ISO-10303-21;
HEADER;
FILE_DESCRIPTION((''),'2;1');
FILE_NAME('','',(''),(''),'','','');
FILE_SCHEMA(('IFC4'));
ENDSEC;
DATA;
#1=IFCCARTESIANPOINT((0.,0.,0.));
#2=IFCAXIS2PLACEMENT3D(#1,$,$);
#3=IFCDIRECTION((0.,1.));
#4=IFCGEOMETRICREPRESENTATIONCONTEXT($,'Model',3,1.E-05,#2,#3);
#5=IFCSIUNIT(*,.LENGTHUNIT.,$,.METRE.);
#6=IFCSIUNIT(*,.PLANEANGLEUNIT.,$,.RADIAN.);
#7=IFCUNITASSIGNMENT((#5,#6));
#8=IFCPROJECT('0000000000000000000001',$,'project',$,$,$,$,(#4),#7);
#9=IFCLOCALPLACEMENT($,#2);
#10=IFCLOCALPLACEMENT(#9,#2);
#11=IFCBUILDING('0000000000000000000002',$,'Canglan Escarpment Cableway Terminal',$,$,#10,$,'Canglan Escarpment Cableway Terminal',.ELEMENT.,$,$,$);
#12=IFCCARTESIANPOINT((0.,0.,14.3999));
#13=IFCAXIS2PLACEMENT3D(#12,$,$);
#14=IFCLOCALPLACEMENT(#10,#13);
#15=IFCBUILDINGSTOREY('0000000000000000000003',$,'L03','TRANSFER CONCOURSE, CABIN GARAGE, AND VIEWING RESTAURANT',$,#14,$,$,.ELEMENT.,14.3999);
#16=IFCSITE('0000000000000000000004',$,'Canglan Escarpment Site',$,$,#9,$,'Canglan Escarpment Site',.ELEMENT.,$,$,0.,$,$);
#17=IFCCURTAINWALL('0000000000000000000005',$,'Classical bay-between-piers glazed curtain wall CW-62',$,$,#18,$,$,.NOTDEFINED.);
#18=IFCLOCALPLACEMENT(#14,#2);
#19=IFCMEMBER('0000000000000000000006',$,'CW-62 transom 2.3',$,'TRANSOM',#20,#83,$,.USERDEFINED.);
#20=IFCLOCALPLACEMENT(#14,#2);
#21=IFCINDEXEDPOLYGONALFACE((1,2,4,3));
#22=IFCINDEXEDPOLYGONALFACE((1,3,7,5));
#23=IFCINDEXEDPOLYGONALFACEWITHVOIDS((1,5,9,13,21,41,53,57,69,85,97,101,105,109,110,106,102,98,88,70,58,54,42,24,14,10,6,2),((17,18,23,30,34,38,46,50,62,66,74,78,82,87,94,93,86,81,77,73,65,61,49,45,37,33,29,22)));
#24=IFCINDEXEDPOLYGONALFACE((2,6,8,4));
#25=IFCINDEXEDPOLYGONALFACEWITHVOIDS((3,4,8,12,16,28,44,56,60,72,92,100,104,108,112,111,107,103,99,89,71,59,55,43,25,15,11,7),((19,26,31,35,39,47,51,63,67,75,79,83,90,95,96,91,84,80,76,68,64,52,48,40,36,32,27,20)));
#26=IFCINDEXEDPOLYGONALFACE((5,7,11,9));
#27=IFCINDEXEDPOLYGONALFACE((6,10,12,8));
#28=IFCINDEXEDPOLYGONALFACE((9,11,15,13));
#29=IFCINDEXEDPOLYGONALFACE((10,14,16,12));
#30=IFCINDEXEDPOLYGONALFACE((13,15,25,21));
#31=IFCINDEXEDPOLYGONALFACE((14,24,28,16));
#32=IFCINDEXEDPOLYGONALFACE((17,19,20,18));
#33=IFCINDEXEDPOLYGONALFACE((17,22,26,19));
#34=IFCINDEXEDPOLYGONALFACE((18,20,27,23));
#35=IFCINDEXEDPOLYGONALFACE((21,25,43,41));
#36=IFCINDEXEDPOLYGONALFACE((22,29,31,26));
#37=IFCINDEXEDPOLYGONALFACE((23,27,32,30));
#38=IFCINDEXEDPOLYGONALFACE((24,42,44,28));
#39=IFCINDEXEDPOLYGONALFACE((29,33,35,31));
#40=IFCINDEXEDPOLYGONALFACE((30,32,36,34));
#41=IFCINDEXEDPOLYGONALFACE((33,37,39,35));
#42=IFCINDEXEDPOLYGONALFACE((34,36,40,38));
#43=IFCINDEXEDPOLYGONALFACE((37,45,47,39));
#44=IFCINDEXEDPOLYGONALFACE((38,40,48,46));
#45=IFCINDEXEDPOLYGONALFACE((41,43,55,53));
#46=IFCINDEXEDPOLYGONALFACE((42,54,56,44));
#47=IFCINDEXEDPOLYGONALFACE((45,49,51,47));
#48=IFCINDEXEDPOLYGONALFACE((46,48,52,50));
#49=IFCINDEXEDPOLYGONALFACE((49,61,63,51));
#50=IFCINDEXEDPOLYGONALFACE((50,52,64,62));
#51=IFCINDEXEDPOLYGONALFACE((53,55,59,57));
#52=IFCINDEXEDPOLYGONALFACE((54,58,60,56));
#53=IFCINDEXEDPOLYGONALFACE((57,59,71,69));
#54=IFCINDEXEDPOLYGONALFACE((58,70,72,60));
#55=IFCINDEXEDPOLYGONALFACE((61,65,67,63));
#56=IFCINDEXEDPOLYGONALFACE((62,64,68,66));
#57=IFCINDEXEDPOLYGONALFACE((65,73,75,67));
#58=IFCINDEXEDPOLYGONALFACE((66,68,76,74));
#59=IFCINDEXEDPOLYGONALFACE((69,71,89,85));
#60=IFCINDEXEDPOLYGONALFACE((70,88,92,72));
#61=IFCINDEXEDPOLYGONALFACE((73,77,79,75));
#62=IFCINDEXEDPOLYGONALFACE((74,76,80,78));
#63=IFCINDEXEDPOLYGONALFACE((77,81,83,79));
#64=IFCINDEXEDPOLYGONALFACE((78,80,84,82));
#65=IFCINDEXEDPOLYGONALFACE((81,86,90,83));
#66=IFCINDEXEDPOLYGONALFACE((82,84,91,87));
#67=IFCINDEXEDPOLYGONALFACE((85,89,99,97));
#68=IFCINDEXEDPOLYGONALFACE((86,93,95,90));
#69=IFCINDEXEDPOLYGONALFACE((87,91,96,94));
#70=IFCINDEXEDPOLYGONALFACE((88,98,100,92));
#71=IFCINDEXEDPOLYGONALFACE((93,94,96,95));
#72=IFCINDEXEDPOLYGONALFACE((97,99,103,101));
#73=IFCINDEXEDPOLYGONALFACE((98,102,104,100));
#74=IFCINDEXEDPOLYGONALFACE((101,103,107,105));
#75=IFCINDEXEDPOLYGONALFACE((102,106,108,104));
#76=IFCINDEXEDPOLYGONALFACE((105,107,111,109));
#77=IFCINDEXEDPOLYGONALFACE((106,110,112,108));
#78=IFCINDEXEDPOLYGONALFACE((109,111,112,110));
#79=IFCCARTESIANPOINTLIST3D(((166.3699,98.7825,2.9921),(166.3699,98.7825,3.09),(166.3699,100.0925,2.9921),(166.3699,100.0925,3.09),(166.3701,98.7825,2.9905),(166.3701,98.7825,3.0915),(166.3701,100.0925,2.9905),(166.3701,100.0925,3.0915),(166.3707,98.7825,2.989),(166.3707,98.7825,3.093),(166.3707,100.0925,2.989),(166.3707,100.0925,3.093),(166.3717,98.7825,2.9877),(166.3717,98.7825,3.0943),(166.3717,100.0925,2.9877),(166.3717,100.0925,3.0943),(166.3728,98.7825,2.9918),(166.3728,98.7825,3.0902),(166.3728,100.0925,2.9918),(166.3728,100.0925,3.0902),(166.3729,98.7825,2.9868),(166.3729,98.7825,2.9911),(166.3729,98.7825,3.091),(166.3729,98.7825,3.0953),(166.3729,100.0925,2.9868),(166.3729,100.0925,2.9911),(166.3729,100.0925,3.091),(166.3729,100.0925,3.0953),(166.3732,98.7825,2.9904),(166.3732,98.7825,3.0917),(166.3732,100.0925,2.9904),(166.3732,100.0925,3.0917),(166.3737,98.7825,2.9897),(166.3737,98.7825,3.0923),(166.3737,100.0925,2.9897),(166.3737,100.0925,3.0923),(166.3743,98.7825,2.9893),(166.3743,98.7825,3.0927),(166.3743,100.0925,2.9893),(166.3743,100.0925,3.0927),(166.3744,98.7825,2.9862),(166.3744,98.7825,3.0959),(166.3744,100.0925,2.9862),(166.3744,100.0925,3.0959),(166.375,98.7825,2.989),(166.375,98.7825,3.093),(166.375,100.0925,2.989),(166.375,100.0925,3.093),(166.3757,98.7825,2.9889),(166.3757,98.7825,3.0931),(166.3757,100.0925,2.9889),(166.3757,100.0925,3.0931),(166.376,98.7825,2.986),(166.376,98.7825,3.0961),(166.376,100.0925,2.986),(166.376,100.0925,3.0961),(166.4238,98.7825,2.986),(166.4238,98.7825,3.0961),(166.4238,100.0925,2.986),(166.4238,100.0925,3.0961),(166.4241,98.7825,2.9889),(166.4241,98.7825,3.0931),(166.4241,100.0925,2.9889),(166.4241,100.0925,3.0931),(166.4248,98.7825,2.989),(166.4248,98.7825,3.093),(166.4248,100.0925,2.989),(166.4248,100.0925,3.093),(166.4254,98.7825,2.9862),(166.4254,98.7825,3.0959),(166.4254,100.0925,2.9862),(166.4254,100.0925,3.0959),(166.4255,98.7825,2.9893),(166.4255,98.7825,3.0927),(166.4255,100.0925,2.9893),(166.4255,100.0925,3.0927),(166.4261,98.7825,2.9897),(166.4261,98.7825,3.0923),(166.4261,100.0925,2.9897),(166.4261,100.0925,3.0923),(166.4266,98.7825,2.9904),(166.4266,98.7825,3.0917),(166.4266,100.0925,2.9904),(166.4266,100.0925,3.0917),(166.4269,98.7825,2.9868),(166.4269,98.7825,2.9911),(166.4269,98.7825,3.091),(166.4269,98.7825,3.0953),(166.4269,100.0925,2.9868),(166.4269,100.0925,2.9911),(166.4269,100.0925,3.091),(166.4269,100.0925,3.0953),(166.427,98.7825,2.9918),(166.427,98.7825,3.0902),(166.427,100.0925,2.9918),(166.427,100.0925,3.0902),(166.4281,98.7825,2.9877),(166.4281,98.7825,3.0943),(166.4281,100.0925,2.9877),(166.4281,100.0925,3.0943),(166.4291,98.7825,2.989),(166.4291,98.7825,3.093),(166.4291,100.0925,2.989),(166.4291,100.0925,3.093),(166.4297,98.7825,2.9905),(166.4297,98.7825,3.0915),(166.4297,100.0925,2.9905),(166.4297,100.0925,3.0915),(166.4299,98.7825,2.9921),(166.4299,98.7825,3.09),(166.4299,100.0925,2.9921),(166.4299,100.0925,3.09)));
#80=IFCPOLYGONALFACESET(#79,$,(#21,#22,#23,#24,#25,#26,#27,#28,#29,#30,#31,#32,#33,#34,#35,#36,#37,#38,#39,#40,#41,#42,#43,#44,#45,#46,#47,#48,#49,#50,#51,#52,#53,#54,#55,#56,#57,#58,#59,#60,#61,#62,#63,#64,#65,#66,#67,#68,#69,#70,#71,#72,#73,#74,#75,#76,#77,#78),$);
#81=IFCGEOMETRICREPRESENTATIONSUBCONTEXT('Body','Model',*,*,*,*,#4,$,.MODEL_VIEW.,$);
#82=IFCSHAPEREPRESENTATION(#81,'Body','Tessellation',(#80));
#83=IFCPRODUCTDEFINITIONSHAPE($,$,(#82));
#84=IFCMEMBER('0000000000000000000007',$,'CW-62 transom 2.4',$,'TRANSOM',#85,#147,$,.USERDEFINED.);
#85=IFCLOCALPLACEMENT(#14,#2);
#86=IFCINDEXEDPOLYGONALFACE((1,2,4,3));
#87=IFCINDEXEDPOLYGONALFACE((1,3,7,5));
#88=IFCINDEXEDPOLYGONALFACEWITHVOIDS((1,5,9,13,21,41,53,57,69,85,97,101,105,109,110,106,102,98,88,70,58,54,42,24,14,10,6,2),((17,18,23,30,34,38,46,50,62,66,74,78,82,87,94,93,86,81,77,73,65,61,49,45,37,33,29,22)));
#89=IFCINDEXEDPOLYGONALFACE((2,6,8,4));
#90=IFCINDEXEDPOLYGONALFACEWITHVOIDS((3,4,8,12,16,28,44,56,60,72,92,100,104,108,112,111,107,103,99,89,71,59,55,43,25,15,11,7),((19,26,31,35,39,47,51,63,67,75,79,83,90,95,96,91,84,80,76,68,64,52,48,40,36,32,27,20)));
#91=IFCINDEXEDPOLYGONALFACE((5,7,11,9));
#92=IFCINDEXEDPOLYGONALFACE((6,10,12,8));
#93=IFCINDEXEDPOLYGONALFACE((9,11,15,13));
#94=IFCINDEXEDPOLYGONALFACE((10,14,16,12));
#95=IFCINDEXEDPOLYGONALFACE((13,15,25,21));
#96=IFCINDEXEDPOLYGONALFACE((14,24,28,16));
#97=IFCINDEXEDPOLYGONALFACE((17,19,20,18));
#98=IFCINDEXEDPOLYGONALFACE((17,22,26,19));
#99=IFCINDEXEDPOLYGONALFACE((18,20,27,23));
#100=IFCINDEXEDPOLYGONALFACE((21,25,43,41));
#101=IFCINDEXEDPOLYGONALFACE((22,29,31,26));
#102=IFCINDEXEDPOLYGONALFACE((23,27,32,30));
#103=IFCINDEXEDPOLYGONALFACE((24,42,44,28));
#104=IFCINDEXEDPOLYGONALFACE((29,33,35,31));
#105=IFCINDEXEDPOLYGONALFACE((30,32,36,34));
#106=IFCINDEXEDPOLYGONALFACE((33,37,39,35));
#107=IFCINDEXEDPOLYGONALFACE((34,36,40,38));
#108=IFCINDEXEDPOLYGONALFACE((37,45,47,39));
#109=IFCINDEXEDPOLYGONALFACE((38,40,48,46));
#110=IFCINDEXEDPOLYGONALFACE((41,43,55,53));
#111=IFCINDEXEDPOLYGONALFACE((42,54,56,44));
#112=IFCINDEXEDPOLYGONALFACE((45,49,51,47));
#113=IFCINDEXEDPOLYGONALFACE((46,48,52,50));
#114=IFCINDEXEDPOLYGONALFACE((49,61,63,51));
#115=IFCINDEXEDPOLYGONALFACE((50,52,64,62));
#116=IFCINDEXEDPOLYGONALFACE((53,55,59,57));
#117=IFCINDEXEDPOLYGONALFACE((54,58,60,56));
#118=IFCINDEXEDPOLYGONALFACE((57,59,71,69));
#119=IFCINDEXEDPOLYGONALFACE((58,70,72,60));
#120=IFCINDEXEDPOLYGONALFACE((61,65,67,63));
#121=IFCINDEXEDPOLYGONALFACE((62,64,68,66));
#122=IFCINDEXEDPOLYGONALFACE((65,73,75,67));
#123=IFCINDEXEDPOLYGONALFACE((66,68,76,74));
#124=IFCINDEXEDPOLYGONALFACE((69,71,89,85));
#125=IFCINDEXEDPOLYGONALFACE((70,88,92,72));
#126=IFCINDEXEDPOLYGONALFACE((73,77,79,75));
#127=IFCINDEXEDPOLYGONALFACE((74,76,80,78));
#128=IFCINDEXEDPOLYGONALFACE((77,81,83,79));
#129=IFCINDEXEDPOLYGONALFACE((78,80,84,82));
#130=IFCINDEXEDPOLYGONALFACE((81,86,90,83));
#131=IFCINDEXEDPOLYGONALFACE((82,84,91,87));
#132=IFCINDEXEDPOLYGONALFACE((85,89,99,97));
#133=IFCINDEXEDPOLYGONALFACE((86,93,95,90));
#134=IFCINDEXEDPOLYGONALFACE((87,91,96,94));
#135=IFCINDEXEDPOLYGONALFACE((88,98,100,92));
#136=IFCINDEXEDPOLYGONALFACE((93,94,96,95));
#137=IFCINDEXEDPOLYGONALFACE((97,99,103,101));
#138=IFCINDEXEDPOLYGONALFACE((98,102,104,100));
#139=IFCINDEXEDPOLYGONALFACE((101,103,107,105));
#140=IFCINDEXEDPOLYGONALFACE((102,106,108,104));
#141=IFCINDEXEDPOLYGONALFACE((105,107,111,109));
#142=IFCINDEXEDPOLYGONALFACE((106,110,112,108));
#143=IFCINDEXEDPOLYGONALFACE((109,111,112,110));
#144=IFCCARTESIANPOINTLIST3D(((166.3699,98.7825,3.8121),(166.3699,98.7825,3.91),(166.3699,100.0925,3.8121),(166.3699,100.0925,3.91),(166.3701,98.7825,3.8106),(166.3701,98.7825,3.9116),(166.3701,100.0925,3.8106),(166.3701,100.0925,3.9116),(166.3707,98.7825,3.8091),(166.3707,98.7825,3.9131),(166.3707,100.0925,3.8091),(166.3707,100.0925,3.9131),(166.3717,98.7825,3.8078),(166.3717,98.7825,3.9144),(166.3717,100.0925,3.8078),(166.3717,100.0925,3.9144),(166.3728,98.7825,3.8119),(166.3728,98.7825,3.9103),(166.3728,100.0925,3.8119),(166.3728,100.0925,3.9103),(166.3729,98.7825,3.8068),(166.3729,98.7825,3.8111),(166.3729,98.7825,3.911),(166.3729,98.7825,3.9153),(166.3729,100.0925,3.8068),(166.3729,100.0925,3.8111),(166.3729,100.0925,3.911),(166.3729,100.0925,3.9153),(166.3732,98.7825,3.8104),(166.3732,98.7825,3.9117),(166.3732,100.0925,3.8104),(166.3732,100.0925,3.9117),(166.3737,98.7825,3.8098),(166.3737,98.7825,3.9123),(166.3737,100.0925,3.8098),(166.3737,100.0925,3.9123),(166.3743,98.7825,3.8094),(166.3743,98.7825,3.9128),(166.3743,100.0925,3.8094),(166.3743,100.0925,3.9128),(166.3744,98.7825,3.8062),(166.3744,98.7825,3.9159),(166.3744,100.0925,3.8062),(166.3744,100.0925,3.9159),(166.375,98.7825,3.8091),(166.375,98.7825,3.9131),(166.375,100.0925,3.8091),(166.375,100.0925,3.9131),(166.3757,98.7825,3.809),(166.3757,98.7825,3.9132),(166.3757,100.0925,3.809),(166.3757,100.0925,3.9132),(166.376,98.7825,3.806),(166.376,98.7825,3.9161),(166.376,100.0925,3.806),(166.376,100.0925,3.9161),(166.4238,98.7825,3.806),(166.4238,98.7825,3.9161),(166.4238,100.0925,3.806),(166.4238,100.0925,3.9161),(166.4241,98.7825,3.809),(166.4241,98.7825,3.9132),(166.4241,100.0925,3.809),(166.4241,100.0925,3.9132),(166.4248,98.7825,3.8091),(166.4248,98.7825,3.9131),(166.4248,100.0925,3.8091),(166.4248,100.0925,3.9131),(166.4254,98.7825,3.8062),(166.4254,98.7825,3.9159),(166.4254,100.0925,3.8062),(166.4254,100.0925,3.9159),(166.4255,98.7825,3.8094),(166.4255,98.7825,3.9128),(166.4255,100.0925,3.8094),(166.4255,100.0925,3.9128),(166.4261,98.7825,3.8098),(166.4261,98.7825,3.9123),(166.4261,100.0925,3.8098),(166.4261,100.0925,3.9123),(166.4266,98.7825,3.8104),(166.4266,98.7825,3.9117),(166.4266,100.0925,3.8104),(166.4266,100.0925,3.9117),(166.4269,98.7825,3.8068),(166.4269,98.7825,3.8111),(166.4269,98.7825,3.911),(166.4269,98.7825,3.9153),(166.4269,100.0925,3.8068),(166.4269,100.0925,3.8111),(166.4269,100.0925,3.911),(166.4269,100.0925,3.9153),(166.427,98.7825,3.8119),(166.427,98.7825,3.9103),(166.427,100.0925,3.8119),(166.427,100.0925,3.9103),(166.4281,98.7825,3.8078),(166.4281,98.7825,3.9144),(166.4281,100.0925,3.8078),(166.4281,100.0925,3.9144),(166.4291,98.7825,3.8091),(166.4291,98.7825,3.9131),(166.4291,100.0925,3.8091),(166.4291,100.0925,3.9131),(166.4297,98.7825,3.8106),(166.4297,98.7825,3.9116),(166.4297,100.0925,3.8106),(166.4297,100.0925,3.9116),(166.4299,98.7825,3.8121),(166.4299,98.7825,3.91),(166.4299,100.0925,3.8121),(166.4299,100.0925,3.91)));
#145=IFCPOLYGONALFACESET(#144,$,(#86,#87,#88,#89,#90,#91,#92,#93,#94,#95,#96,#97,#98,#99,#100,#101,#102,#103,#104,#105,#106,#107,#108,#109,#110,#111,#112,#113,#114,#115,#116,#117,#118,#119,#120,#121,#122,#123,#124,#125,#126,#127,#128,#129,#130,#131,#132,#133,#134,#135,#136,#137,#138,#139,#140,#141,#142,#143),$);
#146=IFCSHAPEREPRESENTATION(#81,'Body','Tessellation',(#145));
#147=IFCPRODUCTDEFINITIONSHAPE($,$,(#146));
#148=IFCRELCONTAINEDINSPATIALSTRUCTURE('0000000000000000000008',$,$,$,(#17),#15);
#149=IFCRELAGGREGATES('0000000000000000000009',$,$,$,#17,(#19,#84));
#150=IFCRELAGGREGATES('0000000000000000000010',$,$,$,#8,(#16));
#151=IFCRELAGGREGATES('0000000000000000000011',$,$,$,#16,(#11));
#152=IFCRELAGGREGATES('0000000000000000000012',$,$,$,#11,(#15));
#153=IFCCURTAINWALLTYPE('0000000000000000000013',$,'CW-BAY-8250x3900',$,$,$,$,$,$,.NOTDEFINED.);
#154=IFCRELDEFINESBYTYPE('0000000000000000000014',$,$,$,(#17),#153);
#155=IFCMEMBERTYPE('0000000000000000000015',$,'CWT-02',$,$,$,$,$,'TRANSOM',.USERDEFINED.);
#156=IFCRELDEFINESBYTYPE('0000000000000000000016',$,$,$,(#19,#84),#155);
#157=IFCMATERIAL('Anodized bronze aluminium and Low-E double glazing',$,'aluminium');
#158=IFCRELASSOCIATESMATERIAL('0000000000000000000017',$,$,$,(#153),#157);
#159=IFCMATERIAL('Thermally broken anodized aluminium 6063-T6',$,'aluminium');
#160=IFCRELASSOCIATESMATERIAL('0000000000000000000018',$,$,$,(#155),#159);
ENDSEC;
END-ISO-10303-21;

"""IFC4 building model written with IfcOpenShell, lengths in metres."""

from ifc_helpers import new_model, si_unit, direction, frame, origin, origin_2d, place, context, subcontext, project, spatial, hollow_rectangle, extrude, material, material_profile, profile_set, type_object, element, aggregate, save


model = new_model("IFC4")

# Units and contexts
model_context = context("Model", 3, precision=1e-05, world=origin(), true_north=direction((0.0, 1.0)))
body_context = subcontext(model_context, "Body", "Model", "MODEL_VIEW")
ifc_project = project(units=[si_unit("LENGTHUNIT", "METRE"), si_unit("PLANEANGLEUNIT", "RADIAN")], contexts=[model_context])

# Site, building, storey
site_placement = place(None, origin())
site = spatial("IfcSite", under=ifc_project, at=site_placement, Name="Canglan Escarpment Site", LongName="Canglan Escarpment Site", CompositionType="ELEMENT", RefElevation=0.0)
building_placement = place(site_placement, origin())
building = spatial("IfcBuilding", under=site, at=building_placement, Name="Canglan Escarpment Cableway Terminal", LongName="Canglan Escarpment Cableway Terminal", CompositionType="ELEMENT")
storey_placement = place(building_placement, frame((0.0, 0.0, 14.3999)))
storey = spatial("IfcBuildingStorey", under=building, at=storey_placement, Name="L03", Description="TRANSFER CONCOURSE, CABIN GARAGE, AND VIEWING RESTAURANT", CompositionType="ELEMENT", Elevation=14.3999)

# Curtain wall, members
ifc_material_1 = material(Name="Anodized bronze aluminium and Low-E double glazing", Category="aluminium")
curtain_wall_type = type_object("IfcCurtainWallType", Name="CW-BAY-8250x3900", PredefinedType="NOTDEFINED", material=ifc_material_1)
curtain_wall_placement = place(storey_placement, origin())
curtain_wall = element("IfcCurtainWall", 1, at=curtain_wall_placement, inside=storey, type_object=curtain_wall_type, Name="Classical bay-between-piers glazed curtain wall CW-62", PredefinedType="NOTDEFINED")
ifc_material_2 = material(Name="Thermally broken anodized aluminium 6063-T6", Category="aluminium")
ifc_material_profile_1 = material_profile(ifc_material_2, hollow_rectangle(XDim=0.0601, YDim=0.1101, WallThickness=0.0029, InnerFilletRadius=0.0029, OuterFilletRadius=0.0061, at=origin_2d()), Name="ALU-TRAN 60x110x3")
ifc_profile_set_1 = profile_set([ifc_material_profile_1], Name="Thermally broken anodized aluminium 6063-T6")
member_type_1 = type_object("IfcMemberType", Name="CWT-02", ElementType="TRANSOM", PredefinedType="USERDEFINED", material=ifc_profile_set_1)
member_1_placement = place(storey_placement, frame((166.3999, 98.7825, 3.041), z_axis=(0.0, 1.0, 0.0), x_axis=(-1.0, 0.0, 0.0)))
member_1 = element("IfcMember", 2, at=member_1_placement, type_object=member_type_1, Name="CW-62 transom 2.3", ObjectType="TRANSOM", PredefinedType="USERDEFINED", context=body_context, shape_type="SweptSolid", body=[
    extrude(hollow_rectangle(XDim=0.0601, YDim=0.1101, WallThickness=0.0029, InnerFilletRadius=0.0029, OuterFilletRadius=0.0061, at=origin_2d()), origin(), (0.0, 0.0, 1.0), 1.3101),
])
member_2_placement = place(storey_placement, frame((166.3999, 98.7825, 3.8611), z_axis=(0.0, 1.0, 0.0), x_axis=(-1.0, 0.0, 0.0)))
member_2 = element("IfcMember", 3, at=member_2_placement, type_object=member_type_1, Name="CW-62 transom 2.4", ObjectType="TRANSOM", PredefinedType="USERDEFINED", context=body_context, shape_type="SweptSolid", body=[
    extrude(hollow_rectangle(XDim=0.0601, YDim=0.1101, WallThickness=0.0029, InnerFilletRadius=0.0029, OuterFilletRadius=0.0061, at=origin_2d()), origin(), (0.0, 0.0, 1.0), 1.3101),
])
aggregate(curtain_wall, [member_1, member_2])

save(model, "model.ifc")
